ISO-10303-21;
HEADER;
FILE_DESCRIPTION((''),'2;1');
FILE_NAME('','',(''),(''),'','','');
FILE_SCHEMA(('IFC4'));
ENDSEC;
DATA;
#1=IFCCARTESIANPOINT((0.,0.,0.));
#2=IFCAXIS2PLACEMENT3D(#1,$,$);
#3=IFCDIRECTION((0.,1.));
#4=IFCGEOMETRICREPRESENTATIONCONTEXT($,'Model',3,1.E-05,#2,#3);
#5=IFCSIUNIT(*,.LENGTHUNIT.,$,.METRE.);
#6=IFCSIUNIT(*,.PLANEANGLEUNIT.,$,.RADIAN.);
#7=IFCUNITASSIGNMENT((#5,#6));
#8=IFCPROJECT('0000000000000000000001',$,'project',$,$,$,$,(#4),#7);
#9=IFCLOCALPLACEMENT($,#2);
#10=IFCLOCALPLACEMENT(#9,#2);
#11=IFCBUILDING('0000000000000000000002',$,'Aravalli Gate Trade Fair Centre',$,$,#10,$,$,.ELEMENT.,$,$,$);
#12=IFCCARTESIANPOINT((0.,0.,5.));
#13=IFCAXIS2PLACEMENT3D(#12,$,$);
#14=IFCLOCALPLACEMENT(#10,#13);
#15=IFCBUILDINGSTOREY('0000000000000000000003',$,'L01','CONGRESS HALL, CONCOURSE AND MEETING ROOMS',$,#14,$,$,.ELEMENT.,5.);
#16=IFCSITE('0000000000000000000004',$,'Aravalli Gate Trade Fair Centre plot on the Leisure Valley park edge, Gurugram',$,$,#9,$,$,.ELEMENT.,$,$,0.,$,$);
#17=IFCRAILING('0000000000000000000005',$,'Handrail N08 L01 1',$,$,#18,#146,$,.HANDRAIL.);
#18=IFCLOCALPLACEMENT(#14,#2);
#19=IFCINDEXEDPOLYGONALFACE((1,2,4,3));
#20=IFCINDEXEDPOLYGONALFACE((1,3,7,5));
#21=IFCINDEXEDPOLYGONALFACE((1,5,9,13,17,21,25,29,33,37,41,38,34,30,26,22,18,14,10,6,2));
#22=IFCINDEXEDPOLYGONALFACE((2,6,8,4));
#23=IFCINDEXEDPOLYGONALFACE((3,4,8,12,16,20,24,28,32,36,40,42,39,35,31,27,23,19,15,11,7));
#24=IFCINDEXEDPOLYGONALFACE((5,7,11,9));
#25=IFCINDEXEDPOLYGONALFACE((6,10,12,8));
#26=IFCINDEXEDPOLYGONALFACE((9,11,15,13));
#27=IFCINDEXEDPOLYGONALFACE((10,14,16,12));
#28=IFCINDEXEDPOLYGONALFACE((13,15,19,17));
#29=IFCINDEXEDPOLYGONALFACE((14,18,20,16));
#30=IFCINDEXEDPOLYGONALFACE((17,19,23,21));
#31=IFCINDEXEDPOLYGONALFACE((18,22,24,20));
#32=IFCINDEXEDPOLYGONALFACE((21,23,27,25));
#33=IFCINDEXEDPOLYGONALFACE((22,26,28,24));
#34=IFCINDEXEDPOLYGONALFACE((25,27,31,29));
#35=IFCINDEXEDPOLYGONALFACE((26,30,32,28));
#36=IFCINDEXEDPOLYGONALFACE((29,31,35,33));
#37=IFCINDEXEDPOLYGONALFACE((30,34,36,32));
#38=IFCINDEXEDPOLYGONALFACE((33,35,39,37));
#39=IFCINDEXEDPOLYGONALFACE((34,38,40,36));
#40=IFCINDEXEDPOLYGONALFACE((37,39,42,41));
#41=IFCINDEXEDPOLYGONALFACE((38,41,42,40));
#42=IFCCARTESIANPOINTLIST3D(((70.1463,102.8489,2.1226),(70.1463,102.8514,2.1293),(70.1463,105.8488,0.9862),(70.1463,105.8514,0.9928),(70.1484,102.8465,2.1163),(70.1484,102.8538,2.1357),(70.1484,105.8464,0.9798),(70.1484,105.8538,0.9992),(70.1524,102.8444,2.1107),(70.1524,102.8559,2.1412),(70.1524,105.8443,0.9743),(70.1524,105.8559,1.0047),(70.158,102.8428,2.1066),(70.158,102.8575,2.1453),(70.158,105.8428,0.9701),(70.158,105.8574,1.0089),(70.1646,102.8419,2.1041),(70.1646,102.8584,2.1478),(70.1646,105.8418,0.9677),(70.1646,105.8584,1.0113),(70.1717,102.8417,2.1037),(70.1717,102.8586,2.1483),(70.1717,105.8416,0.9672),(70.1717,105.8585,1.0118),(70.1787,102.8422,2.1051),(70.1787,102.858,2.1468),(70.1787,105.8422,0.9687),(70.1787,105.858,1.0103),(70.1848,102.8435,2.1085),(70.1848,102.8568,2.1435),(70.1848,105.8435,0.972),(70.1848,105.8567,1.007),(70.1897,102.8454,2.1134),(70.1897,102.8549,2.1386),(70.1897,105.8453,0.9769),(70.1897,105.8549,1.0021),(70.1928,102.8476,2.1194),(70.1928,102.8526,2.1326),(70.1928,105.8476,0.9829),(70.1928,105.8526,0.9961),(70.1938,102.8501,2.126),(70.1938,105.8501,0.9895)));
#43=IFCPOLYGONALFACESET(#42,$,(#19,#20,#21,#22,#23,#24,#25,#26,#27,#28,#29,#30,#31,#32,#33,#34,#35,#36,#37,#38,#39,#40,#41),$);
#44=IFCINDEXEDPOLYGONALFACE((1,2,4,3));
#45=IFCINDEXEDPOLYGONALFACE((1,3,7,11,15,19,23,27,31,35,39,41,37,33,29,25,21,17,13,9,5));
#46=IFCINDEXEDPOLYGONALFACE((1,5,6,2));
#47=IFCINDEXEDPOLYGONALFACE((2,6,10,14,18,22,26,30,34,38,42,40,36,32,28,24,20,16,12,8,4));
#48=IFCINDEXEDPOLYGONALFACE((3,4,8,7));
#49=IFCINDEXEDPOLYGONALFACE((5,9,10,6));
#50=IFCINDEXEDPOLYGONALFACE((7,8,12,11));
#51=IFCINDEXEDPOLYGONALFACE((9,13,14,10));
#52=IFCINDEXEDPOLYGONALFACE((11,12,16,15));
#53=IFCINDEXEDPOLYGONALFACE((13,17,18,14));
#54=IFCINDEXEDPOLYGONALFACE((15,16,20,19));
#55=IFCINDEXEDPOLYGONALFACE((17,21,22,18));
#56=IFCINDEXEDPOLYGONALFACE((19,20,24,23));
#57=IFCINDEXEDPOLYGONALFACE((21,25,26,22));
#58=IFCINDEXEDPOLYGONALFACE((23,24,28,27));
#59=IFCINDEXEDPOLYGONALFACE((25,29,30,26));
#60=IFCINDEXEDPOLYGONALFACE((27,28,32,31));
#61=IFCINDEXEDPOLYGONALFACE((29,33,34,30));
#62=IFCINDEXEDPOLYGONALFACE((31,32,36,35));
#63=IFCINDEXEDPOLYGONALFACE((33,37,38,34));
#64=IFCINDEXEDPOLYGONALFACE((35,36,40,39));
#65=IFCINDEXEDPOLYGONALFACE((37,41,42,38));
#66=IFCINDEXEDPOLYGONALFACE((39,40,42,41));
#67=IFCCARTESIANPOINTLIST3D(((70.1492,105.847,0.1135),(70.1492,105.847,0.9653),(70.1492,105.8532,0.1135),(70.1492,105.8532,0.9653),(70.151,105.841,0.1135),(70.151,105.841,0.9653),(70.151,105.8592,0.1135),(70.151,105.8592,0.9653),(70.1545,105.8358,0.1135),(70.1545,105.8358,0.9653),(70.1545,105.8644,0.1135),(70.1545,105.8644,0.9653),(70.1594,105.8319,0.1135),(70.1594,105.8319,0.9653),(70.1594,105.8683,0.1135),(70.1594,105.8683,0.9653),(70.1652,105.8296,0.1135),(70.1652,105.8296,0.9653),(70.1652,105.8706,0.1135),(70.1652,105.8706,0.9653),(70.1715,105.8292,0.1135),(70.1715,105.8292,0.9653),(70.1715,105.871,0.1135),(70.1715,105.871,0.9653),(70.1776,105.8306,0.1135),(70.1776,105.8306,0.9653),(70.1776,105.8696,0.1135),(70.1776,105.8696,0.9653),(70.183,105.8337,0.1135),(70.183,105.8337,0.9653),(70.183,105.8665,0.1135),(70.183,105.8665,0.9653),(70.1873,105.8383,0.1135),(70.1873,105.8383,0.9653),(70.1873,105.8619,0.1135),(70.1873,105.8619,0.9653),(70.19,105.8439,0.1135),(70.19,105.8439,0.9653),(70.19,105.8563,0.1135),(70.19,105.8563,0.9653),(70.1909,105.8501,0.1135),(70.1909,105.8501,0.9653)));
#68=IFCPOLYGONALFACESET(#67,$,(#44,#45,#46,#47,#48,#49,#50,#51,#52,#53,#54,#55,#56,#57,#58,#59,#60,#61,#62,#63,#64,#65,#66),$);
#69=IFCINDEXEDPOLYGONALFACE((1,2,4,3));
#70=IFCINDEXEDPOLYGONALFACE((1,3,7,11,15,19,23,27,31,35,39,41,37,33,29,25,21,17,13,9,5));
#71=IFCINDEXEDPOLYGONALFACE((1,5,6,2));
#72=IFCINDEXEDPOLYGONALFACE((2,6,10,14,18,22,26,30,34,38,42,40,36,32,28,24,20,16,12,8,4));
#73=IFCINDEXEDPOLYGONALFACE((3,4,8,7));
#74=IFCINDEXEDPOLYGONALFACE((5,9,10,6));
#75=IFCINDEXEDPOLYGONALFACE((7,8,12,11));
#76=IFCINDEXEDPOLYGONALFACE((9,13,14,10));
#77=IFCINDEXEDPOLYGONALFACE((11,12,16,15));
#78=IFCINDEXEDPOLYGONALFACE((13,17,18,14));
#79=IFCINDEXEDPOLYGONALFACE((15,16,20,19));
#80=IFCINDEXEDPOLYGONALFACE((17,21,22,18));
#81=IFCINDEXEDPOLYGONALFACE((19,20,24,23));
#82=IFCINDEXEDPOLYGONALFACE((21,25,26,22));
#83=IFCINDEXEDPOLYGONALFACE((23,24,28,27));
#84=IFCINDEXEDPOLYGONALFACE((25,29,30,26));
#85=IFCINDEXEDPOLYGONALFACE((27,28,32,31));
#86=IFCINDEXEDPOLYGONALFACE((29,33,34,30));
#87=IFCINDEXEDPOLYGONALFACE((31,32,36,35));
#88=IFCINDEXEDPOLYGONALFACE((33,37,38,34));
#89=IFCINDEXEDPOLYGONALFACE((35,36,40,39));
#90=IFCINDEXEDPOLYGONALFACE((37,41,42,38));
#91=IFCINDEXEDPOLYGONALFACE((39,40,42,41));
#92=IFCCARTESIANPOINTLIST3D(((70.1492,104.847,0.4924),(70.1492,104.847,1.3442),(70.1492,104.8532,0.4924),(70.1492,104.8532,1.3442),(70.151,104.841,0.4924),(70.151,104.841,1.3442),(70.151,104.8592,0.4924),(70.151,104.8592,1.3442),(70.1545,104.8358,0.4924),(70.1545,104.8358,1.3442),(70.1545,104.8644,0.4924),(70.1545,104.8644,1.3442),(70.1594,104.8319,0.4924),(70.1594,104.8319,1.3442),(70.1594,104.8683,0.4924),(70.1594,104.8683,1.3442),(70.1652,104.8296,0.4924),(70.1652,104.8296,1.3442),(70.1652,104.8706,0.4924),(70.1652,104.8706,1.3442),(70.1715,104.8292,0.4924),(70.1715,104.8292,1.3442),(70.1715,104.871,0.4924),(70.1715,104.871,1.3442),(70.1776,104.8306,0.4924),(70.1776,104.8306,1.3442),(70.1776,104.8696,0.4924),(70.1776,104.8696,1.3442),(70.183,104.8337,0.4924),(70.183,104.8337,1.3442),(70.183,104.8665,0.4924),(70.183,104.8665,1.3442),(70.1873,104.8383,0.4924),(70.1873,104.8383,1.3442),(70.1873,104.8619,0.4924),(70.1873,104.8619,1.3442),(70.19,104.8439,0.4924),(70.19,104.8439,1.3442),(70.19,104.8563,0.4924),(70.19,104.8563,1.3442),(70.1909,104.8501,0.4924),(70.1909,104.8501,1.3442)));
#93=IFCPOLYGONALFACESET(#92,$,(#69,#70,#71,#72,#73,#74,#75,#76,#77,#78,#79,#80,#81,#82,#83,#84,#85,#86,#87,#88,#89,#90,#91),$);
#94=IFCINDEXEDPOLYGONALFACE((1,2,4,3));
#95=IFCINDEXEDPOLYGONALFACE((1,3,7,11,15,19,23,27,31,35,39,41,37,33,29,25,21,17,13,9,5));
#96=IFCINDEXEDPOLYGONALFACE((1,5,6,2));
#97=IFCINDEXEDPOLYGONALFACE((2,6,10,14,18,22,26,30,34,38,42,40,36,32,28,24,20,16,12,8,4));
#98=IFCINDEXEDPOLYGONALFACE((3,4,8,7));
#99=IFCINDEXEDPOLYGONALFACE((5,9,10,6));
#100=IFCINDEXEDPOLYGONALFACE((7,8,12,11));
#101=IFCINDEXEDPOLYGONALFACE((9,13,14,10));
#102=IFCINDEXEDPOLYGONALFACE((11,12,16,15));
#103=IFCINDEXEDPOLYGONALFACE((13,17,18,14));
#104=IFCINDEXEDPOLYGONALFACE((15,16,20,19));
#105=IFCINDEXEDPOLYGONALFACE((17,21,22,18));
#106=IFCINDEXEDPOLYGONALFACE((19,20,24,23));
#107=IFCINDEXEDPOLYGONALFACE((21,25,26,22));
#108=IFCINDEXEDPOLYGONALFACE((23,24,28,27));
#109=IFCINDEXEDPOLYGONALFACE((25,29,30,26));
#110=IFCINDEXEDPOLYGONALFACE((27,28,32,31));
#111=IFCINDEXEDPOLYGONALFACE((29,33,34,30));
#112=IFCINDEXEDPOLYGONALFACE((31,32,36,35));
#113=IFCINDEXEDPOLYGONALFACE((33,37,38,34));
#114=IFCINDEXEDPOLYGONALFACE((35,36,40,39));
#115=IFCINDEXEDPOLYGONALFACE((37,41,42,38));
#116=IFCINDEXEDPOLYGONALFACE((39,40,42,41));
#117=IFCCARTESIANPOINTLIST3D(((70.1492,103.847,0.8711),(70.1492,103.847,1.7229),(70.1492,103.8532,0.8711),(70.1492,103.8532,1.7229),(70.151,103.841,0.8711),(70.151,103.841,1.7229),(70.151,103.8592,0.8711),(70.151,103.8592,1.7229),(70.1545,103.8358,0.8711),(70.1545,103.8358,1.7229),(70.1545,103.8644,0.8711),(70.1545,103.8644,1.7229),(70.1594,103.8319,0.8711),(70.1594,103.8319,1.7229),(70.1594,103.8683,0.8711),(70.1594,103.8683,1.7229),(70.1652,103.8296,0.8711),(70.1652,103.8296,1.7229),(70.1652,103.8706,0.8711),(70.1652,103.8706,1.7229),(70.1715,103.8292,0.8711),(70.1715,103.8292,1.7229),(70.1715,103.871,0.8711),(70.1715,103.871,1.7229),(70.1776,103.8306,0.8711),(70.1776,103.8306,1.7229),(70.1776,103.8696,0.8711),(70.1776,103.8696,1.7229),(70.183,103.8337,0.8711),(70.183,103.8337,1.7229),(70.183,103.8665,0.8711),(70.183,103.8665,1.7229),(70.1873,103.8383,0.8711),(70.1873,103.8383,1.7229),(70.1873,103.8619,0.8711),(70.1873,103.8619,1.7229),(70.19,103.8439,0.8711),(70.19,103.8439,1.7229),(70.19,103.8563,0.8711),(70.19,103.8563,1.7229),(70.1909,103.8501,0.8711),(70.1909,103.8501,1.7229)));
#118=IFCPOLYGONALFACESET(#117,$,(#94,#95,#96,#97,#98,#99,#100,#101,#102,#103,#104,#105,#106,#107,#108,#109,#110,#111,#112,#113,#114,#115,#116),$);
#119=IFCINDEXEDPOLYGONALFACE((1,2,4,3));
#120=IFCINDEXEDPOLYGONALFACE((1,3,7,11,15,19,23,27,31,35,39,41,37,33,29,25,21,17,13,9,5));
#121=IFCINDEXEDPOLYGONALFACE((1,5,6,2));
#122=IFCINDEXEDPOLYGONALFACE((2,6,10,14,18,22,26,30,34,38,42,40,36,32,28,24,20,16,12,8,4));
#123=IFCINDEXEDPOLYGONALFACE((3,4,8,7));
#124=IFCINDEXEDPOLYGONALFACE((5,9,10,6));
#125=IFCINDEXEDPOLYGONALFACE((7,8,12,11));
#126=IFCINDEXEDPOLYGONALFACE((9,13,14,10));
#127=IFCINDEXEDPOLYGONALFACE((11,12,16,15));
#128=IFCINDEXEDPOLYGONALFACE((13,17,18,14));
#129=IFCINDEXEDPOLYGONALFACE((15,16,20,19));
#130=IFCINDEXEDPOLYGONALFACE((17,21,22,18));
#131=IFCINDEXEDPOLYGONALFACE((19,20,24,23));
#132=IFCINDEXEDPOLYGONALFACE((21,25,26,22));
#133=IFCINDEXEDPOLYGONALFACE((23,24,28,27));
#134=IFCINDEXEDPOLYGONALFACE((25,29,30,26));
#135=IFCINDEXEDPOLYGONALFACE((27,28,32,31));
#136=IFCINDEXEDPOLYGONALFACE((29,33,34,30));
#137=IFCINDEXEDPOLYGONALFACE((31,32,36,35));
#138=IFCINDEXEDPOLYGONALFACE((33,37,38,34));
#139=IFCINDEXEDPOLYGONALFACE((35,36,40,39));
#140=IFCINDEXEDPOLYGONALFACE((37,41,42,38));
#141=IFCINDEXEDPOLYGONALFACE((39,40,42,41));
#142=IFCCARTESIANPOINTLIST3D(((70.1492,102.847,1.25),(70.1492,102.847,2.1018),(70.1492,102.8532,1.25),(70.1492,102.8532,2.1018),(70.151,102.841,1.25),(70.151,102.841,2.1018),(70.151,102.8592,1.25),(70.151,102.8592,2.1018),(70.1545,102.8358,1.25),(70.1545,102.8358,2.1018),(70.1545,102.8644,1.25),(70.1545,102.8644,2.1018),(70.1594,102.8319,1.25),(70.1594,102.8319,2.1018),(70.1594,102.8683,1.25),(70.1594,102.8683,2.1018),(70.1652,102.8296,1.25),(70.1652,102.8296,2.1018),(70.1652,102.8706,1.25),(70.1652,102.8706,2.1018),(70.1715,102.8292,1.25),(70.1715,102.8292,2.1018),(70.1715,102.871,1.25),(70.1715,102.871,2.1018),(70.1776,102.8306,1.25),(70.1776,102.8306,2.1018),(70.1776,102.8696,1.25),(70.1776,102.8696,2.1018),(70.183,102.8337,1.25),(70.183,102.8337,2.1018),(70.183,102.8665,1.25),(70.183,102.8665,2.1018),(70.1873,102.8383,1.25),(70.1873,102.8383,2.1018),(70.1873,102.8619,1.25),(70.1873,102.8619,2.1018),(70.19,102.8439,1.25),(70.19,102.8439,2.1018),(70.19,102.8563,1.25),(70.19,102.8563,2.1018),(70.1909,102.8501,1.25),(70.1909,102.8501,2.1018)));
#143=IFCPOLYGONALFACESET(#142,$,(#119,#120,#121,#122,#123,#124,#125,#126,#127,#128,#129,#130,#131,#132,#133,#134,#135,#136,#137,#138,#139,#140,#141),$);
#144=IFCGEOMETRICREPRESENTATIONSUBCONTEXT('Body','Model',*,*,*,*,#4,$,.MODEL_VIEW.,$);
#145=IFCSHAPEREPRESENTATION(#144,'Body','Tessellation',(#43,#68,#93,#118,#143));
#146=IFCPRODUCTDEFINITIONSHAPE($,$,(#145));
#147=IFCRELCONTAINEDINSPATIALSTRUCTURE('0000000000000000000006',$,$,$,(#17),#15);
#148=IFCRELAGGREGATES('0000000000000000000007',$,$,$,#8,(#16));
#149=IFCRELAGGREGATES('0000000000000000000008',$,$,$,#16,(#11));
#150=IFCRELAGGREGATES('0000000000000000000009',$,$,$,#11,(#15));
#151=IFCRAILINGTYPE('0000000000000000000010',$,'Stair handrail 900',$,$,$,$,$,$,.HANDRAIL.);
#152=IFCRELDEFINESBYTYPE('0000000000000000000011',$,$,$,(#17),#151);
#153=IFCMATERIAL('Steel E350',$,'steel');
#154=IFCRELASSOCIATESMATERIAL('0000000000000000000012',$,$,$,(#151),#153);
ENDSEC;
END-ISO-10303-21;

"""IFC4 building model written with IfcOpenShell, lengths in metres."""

from ifc_helpers import new_model, si_unit, direction, frame, origin, origin_2d, place, context, subcontext, project, spatial, circle, extrude, material, type_object, element, save


model = new_model("IFC4")

# Units and contexts
model_context = context("Model", 3, precision=1e-05, world=origin(), true_north=direction((0.0, 1.0)))
body_context = subcontext(model_context, "Body", "Model", "MODEL_VIEW")
ifc_project = project(units=[si_unit("LENGTHUNIT", "METRE"), si_unit("PLANEANGLEUNIT", "RADIAN")], contexts=[model_context])

# Site, building, storey
site_placement = place(None, origin())
site = spatial("IfcSite", under=ifc_project, at=site_placement, Name="Aravalli Gate Trade Fair Centre plot on the Leisure Valley park edge, Gurugram", CompositionType="ELEMENT", RefElevation=0.0)
building_placement = place(site_placement, origin())
building = spatial("IfcBuilding", under=site, at=building_placement, Name="Aravalli Gate Trade Fair Centre", CompositionType="ELEMENT")
storey_placement = place(building_placement, frame((0.0, 0.0, 5.0)))
storey = spatial("IfcBuildingStorey", under=building, at=storey_placement, Name="L01", Description="CONGRESS HALL, CONCOURSE AND MEETING ROOMS", CompositionType="ELEMENT", Elevation=5.0)

# Shared definitions
ifc_material_1 = material(Name="Steel E350", Category="steel")

# Railing
railing_type_1 = type_object("IfcRailingType", Name="Stair handrail 900", PredefinedType="HANDRAIL", material=ifc_material_1)
for number, where, name in (
    (1, (70.1699, 105.8501, 0.1135), "Handrail N08 L01 1"),
):
    element("IfcRailing", number, at=place(storey_placement, frame(where)), inside=storey, type_object=railing_type_1, Name=name, PredefinedType="HANDRAIL", context=body_context, shape_type="SweptSolid", body=[
        extrude(circle(Radius=0.0239, at=origin_2d()), frame((0.0, 0.0, 0.876), z_axis=(0.0, -0.935148, 0.354257), x_axis=(1.0, 0.0, 0.0)), (0.0, 0.0, 1.0), 3.208),
        extrude(circle(Radius=0.021, at=origin_2d()), origin(), (0.0, 0.0, 1.0), 0.8518),
        extrude(circle(Radius=0.021, at=origin_2d()), frame((0.0, -1.0, 0.3789)), (0.0, 0.0, 1.0), 0.8518),
        extrude(circle(Radius=0.021, at=origin_2d()), frame((0.0, -2.0, 0.7576)), (0.0, 0.0, 1.0), 0.8518),
        extrude(circle(Radius=0.021, at=origin_2d()), frame((0.0, -3.0, 1.1365)), (0.0, 0.0, 1.0), 0.8518),
    ])

save(model, "model.ifc")
